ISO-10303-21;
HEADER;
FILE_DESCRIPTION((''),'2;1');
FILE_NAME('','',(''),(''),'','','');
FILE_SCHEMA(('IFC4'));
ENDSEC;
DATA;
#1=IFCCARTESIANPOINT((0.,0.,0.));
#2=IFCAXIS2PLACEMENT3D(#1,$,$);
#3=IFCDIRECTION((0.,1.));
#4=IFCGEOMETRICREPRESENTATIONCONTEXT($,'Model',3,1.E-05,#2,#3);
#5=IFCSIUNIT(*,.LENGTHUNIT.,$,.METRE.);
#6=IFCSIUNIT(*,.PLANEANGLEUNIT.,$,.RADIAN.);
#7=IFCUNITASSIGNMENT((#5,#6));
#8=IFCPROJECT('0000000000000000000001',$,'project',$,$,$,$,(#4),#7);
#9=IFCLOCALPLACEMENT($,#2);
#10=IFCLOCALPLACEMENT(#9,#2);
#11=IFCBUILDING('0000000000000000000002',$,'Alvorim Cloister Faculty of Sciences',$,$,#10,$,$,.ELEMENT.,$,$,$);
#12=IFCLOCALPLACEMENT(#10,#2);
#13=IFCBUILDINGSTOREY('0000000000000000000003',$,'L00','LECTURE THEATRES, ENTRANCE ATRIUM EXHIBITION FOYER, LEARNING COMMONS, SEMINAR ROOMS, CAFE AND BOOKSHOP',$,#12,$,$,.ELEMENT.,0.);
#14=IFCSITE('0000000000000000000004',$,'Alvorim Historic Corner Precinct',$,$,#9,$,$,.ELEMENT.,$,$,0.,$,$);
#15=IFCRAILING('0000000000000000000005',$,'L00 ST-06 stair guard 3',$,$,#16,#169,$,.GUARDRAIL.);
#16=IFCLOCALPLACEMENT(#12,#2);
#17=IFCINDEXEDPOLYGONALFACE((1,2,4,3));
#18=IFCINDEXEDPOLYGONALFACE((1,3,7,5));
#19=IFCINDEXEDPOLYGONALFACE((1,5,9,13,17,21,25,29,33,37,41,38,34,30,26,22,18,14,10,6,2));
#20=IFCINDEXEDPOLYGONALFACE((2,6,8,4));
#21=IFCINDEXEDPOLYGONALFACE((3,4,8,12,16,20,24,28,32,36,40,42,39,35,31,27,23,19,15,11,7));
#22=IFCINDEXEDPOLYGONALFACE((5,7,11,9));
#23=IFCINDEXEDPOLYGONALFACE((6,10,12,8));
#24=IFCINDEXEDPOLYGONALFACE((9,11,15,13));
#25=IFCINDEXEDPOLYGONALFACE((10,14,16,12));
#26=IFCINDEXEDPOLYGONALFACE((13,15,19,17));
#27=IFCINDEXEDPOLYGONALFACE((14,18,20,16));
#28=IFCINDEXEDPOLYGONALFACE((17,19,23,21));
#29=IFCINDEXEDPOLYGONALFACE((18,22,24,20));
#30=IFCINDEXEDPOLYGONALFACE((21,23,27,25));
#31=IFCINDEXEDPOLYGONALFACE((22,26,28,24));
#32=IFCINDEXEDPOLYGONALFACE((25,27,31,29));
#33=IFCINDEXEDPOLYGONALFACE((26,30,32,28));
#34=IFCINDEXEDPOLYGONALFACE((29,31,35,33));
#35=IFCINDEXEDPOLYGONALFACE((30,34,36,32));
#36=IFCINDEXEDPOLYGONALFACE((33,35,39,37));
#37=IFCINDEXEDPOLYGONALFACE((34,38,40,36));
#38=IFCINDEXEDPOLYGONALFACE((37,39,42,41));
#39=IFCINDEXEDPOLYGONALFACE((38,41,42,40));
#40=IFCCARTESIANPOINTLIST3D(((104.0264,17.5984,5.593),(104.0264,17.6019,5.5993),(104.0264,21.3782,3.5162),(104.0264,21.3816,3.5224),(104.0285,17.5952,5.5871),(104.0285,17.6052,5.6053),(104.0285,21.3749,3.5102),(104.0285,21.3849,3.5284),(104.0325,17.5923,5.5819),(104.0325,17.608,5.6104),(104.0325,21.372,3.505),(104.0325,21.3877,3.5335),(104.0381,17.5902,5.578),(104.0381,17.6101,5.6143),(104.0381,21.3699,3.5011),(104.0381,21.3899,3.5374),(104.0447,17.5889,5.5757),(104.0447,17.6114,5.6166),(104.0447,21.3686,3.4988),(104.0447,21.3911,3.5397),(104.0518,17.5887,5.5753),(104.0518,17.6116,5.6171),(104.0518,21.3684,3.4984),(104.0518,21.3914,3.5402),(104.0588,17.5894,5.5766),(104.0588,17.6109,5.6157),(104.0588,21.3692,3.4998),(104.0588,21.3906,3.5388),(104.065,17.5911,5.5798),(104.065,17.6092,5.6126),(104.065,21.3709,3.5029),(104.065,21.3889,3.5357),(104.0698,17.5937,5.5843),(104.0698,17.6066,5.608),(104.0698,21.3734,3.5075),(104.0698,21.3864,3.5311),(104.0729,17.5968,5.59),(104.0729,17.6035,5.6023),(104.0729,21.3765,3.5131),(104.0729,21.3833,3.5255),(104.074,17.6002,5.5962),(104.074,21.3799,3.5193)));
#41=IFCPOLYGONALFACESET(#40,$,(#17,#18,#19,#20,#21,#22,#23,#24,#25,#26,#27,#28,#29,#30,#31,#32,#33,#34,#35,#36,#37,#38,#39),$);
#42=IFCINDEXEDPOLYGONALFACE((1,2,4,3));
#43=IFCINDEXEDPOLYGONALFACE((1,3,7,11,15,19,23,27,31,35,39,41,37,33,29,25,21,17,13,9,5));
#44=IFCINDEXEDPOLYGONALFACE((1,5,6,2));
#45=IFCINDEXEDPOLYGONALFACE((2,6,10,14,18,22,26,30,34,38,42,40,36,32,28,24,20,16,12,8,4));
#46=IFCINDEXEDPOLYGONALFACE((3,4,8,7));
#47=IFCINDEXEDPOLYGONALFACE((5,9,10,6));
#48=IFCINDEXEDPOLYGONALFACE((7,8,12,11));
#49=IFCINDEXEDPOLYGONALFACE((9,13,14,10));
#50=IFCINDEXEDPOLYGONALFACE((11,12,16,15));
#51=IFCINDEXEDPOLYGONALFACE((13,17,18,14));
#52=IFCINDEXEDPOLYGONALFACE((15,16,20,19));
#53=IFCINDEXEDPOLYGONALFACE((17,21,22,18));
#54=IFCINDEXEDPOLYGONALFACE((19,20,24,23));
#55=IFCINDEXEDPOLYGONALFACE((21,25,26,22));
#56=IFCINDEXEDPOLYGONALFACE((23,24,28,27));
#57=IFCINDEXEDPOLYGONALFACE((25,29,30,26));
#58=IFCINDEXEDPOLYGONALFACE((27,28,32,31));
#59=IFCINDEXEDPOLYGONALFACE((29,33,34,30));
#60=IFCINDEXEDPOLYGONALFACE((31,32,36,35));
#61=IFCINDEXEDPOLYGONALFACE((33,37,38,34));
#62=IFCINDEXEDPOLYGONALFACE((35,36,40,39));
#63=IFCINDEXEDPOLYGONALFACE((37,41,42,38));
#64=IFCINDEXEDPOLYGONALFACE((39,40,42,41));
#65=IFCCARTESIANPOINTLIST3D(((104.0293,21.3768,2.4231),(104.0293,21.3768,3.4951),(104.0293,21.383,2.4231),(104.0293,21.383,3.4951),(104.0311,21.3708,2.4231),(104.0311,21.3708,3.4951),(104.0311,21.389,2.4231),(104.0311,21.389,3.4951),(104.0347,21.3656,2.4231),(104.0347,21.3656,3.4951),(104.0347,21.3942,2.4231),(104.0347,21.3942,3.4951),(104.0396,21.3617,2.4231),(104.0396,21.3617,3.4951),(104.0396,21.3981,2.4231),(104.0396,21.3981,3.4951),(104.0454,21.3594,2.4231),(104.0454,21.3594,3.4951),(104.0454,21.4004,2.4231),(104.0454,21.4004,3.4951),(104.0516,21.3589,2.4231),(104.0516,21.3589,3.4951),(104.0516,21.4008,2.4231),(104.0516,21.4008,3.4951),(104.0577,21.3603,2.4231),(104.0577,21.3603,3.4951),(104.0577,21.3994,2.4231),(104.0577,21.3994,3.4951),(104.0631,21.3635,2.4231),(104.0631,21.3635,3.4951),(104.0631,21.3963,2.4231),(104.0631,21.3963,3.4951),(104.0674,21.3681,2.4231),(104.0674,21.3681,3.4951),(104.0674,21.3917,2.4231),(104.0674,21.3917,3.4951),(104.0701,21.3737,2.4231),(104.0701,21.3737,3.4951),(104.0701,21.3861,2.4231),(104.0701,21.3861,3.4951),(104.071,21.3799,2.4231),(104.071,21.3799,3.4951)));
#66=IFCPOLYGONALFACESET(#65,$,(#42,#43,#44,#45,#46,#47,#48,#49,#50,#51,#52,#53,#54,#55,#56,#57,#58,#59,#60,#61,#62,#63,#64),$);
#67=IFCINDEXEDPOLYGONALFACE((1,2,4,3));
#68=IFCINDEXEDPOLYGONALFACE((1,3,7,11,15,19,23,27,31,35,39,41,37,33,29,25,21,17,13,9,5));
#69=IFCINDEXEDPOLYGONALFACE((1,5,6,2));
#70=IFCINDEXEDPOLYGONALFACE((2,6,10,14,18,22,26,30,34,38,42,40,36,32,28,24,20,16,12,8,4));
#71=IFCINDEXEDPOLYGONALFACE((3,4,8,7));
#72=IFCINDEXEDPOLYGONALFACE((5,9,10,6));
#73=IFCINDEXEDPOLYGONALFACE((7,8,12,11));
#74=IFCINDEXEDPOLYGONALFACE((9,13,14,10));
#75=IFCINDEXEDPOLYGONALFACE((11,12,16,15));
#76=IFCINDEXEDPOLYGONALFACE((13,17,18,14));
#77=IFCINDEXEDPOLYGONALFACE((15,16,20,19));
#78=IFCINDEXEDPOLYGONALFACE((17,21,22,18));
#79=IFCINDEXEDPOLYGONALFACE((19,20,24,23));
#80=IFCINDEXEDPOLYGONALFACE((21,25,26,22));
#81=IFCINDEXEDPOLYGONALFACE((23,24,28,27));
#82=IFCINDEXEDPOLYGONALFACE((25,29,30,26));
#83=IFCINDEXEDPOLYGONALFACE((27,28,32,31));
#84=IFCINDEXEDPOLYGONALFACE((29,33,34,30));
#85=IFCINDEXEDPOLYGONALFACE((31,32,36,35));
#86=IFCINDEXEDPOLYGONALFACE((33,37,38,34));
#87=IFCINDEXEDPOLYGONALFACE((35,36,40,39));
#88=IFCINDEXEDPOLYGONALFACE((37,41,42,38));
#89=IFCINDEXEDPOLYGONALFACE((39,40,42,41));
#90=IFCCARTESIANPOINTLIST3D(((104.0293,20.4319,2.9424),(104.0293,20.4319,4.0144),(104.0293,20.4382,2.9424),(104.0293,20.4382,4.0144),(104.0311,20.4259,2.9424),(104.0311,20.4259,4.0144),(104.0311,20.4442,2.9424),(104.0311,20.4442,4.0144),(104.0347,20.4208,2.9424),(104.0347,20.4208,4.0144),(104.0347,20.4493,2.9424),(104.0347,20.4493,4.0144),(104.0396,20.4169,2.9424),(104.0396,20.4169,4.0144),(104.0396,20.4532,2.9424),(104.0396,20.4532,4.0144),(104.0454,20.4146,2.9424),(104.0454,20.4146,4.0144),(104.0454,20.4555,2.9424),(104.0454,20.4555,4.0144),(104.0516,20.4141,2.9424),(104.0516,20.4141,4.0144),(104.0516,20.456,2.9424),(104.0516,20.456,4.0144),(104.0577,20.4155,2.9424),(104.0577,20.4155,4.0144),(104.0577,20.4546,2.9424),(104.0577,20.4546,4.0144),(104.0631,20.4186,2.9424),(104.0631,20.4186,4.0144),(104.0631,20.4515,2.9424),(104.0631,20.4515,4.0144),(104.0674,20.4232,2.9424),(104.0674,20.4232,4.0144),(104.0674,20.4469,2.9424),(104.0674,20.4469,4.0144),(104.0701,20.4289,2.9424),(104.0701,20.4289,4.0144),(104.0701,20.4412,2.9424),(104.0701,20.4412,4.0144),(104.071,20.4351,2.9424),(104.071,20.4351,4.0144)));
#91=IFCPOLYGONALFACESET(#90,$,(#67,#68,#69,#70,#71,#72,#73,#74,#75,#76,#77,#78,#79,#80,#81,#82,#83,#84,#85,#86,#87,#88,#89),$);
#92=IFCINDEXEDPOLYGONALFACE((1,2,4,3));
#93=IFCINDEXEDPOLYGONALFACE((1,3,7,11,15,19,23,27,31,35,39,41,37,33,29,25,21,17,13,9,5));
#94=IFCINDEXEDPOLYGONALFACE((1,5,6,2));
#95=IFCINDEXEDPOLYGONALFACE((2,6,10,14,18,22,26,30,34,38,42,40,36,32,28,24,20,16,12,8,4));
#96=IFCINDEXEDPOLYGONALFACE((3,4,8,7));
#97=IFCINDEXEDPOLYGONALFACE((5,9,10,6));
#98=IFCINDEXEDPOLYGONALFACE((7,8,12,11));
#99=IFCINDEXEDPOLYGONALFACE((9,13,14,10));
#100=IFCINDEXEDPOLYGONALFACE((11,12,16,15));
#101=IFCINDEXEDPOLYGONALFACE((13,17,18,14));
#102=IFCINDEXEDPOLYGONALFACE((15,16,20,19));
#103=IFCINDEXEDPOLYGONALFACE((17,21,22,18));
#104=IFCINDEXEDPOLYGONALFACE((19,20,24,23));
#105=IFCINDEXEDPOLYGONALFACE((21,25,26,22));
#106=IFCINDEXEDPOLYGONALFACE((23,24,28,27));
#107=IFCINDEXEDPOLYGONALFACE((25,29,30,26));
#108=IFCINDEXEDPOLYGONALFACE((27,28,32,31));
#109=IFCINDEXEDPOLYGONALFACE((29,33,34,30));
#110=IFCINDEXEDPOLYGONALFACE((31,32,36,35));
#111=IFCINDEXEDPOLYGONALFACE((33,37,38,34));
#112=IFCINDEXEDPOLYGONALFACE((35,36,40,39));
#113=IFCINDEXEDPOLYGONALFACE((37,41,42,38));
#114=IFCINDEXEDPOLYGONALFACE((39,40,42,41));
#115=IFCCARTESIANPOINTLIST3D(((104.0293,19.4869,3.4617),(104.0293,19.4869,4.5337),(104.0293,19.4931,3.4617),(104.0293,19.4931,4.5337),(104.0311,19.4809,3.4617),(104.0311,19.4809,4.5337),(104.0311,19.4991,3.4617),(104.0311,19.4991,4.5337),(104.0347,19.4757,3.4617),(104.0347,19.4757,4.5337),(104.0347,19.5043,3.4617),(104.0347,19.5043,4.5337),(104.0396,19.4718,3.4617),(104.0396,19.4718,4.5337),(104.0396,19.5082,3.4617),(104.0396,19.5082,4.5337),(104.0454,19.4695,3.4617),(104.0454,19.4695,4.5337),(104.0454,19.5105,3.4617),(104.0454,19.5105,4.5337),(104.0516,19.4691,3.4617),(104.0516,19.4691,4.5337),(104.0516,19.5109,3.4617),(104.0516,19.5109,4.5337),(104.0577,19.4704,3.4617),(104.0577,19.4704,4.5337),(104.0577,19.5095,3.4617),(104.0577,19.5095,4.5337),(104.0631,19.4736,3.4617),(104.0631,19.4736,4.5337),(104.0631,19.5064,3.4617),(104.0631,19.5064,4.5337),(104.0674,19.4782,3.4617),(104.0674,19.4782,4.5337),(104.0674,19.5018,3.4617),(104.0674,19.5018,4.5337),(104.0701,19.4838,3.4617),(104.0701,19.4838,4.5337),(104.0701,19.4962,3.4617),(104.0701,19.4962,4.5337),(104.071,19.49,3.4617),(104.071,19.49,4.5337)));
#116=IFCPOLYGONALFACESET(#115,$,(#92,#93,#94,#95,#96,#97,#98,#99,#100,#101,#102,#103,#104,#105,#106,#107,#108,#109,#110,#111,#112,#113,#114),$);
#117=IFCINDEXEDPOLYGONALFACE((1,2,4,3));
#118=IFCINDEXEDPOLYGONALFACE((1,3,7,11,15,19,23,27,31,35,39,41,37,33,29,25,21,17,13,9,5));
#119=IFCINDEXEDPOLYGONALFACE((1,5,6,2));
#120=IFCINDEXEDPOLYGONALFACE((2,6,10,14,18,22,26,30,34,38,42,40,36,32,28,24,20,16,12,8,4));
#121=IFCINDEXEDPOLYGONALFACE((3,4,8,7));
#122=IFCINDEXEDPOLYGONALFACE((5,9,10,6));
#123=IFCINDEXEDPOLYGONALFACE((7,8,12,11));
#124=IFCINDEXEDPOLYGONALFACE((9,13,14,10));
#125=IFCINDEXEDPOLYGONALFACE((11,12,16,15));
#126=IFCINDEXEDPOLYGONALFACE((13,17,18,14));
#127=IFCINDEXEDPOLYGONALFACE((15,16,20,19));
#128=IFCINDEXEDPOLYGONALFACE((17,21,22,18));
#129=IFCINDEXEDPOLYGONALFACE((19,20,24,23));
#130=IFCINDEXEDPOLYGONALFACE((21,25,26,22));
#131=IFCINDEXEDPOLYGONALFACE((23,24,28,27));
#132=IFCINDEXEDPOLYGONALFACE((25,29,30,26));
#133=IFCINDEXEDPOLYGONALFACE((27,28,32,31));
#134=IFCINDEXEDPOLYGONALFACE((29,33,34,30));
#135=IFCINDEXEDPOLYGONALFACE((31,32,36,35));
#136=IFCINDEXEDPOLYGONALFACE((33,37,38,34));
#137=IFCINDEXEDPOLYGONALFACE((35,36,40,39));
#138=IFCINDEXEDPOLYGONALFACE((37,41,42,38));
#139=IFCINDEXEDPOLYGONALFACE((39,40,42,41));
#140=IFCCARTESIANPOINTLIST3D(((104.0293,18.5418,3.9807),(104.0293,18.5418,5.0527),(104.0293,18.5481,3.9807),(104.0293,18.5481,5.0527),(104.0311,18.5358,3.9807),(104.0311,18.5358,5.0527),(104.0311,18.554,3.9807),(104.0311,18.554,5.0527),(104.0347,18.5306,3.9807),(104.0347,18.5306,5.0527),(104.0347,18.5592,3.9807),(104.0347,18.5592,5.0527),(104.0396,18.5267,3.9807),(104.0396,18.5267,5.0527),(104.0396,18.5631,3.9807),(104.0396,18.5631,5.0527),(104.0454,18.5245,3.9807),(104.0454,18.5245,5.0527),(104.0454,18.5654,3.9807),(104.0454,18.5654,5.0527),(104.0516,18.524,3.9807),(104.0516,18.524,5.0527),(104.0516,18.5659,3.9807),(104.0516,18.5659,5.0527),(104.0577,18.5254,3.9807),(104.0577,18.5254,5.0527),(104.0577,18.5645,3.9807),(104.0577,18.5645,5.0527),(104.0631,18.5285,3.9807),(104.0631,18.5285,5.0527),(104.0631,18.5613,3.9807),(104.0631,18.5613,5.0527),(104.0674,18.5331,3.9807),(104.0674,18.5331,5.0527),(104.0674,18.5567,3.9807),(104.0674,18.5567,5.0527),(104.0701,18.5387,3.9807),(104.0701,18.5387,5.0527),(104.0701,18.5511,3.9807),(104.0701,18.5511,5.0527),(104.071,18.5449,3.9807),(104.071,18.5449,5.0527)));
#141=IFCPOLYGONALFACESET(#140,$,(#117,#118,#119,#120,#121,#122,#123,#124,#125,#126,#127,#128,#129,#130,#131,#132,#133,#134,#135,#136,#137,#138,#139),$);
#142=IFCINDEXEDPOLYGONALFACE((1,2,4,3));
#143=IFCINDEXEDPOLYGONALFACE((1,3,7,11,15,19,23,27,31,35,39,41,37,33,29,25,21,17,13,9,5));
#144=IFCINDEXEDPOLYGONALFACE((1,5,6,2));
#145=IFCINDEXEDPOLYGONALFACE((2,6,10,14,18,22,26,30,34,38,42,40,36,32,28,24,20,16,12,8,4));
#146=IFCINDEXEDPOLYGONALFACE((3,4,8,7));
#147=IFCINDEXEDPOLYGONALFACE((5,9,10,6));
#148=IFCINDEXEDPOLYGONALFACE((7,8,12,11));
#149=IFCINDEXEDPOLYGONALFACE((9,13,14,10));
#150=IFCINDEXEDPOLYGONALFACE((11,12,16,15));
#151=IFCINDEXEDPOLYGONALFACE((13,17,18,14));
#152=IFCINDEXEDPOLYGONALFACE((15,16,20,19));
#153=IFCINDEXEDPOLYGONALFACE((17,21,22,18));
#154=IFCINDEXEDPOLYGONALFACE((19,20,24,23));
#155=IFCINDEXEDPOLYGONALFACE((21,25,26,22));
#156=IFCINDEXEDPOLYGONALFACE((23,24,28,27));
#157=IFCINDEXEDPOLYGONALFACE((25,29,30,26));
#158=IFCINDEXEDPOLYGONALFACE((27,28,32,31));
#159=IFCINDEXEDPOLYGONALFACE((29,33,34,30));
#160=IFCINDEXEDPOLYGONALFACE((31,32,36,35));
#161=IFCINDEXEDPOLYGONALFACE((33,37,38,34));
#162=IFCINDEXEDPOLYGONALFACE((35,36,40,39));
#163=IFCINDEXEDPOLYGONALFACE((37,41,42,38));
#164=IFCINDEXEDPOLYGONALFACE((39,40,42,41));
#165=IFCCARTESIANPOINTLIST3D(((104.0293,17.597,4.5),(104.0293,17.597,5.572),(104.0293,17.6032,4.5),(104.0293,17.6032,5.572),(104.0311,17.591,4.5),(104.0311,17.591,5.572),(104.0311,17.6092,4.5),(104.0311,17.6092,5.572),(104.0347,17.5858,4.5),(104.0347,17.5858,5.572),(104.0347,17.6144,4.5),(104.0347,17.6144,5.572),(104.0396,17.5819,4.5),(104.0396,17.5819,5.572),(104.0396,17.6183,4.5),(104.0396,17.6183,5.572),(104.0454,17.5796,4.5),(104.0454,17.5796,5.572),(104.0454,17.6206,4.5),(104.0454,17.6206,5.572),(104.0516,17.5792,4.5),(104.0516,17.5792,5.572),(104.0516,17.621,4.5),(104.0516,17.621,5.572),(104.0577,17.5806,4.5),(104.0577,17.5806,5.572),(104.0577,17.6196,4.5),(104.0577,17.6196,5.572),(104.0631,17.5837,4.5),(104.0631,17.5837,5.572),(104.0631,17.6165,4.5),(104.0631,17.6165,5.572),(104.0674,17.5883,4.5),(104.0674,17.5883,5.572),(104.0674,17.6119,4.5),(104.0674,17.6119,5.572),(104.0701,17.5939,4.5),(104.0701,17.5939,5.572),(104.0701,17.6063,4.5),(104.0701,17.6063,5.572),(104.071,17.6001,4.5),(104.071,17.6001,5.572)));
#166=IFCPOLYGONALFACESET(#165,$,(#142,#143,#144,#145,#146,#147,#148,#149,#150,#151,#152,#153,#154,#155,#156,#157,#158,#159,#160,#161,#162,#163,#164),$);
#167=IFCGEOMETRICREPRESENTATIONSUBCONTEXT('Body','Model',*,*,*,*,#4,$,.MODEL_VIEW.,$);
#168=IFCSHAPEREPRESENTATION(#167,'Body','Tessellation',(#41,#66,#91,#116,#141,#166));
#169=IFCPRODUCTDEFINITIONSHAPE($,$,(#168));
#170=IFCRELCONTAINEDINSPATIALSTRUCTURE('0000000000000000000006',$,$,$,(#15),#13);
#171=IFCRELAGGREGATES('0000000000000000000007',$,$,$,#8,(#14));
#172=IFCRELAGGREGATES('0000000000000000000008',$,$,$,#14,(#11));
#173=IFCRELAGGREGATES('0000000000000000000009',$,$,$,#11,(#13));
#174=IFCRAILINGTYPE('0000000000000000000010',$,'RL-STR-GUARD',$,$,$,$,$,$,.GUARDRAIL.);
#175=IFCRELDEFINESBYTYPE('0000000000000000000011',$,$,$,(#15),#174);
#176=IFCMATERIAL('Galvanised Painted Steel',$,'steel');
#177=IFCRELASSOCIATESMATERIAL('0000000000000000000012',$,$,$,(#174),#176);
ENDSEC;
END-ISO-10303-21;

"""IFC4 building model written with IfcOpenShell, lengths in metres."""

from ifc_helpers import new_model, si_unit, direction, frame, origin, origin_2d, place, context, subcontext, project, spatial, circle, extrude, material, type_object, element, save


model = new_model("IFC4")

# Units and contexts
model_context = context("Model", 3, precision=1e-05, world=origin(), true_north=direction((0.0, 1.0)))
body_context = subcontext(model_context, "Body", "Model", "MODEL_VIEW")
ifc_project = project(units=[si_unit("LENGTHUNIT", "METRE"), si_unit("PLANEANGLEUNIT", "RADIAN")], contexts=[model_context])

# Site, building, storey
site_placement = place(None, origin())
site = spatial("IfcSite", under=ifc_project, at=site_placement, Name="Alvorim Historic Corner Precinct", CompositionType="ELEMENT", RefElevation=0.0)
building_placement = place(site_placement, origin())
building = spatial("IfcBuilding", under=site, at=building_placement, Name="Alvorim Cloister Faculty of Sciences", CompositionType="ELEMENT")
storey_placement = place(building_placement, origin())
storey = spatial("IfcBuildingStorey", under=building, at=storey_placement, Name="L00", Description="LECTURE THEATRES, ENTRANCE ATRIUM EXHIBITION FOYER, LEARNING COMMONS, SEMINAR ROOMS, CAFE AND BOOKSHOP", CompositionType="ELEMENT", Elevation=0.0)

# Railing
ifc_material_1 = material(Name="Galvanised Painted Steel", Category="steel")
railing_type_1 = type_object("IfcRailingType", Name="RL-STR-GUARD", PredefinedType="GUARDRAIL", material=ifc_material_1)
railing_1_placement = place(storey_placement, frame((104.05, 21.3799, 2.4231)))
element("IfcRailing", 1, at=railing_1_placement, inside=storey, type_object=railing_type_1, Name="L00 ST-06 stair guard 3", PredefinedType="GUARDRAIL", context=body_context, shape_type="SweptSolid", body=[
    extrude(circle(Radius=0.0239, at=origin_2d()), frame((0.0, 0.0, 1.0962), z_axis=(0.0, -0.876409, 0.481567), x_axis=(1.0, 0.0, 0.0)), (0.0, 0.0, 1.0), 4.3127),
    extrude(circle(Radius=0.021, at=origin_2d()), origin(), (0.0, 0.0, 1.0), 1.072),
    extrude(circle(Radius=0.021, at=origin_2d()), frame((0.0, -0.9448, 0.5193)), (0.0, 0.0, 1.0), 1.072),
    extrude(circle(Radius=0.021, at=origin_2d()), frame((0.0, -1.8899, 1.0386)), (0.0, 0.0, 1.0), 1.072),
    extrude(circle(Radius=0.021, at=origin_2d()), frame((0.0, -2.835, 1.5576)), (0.0, 0.0, 1.0), 1.072),
    extrude(circle(Radius=0.021, at=origin_2d()), frame((0.0, -3.7798, 2.0769)), (0.0, 0.0, 1.0), 1.072),
])

save(model, "model.ifc")
